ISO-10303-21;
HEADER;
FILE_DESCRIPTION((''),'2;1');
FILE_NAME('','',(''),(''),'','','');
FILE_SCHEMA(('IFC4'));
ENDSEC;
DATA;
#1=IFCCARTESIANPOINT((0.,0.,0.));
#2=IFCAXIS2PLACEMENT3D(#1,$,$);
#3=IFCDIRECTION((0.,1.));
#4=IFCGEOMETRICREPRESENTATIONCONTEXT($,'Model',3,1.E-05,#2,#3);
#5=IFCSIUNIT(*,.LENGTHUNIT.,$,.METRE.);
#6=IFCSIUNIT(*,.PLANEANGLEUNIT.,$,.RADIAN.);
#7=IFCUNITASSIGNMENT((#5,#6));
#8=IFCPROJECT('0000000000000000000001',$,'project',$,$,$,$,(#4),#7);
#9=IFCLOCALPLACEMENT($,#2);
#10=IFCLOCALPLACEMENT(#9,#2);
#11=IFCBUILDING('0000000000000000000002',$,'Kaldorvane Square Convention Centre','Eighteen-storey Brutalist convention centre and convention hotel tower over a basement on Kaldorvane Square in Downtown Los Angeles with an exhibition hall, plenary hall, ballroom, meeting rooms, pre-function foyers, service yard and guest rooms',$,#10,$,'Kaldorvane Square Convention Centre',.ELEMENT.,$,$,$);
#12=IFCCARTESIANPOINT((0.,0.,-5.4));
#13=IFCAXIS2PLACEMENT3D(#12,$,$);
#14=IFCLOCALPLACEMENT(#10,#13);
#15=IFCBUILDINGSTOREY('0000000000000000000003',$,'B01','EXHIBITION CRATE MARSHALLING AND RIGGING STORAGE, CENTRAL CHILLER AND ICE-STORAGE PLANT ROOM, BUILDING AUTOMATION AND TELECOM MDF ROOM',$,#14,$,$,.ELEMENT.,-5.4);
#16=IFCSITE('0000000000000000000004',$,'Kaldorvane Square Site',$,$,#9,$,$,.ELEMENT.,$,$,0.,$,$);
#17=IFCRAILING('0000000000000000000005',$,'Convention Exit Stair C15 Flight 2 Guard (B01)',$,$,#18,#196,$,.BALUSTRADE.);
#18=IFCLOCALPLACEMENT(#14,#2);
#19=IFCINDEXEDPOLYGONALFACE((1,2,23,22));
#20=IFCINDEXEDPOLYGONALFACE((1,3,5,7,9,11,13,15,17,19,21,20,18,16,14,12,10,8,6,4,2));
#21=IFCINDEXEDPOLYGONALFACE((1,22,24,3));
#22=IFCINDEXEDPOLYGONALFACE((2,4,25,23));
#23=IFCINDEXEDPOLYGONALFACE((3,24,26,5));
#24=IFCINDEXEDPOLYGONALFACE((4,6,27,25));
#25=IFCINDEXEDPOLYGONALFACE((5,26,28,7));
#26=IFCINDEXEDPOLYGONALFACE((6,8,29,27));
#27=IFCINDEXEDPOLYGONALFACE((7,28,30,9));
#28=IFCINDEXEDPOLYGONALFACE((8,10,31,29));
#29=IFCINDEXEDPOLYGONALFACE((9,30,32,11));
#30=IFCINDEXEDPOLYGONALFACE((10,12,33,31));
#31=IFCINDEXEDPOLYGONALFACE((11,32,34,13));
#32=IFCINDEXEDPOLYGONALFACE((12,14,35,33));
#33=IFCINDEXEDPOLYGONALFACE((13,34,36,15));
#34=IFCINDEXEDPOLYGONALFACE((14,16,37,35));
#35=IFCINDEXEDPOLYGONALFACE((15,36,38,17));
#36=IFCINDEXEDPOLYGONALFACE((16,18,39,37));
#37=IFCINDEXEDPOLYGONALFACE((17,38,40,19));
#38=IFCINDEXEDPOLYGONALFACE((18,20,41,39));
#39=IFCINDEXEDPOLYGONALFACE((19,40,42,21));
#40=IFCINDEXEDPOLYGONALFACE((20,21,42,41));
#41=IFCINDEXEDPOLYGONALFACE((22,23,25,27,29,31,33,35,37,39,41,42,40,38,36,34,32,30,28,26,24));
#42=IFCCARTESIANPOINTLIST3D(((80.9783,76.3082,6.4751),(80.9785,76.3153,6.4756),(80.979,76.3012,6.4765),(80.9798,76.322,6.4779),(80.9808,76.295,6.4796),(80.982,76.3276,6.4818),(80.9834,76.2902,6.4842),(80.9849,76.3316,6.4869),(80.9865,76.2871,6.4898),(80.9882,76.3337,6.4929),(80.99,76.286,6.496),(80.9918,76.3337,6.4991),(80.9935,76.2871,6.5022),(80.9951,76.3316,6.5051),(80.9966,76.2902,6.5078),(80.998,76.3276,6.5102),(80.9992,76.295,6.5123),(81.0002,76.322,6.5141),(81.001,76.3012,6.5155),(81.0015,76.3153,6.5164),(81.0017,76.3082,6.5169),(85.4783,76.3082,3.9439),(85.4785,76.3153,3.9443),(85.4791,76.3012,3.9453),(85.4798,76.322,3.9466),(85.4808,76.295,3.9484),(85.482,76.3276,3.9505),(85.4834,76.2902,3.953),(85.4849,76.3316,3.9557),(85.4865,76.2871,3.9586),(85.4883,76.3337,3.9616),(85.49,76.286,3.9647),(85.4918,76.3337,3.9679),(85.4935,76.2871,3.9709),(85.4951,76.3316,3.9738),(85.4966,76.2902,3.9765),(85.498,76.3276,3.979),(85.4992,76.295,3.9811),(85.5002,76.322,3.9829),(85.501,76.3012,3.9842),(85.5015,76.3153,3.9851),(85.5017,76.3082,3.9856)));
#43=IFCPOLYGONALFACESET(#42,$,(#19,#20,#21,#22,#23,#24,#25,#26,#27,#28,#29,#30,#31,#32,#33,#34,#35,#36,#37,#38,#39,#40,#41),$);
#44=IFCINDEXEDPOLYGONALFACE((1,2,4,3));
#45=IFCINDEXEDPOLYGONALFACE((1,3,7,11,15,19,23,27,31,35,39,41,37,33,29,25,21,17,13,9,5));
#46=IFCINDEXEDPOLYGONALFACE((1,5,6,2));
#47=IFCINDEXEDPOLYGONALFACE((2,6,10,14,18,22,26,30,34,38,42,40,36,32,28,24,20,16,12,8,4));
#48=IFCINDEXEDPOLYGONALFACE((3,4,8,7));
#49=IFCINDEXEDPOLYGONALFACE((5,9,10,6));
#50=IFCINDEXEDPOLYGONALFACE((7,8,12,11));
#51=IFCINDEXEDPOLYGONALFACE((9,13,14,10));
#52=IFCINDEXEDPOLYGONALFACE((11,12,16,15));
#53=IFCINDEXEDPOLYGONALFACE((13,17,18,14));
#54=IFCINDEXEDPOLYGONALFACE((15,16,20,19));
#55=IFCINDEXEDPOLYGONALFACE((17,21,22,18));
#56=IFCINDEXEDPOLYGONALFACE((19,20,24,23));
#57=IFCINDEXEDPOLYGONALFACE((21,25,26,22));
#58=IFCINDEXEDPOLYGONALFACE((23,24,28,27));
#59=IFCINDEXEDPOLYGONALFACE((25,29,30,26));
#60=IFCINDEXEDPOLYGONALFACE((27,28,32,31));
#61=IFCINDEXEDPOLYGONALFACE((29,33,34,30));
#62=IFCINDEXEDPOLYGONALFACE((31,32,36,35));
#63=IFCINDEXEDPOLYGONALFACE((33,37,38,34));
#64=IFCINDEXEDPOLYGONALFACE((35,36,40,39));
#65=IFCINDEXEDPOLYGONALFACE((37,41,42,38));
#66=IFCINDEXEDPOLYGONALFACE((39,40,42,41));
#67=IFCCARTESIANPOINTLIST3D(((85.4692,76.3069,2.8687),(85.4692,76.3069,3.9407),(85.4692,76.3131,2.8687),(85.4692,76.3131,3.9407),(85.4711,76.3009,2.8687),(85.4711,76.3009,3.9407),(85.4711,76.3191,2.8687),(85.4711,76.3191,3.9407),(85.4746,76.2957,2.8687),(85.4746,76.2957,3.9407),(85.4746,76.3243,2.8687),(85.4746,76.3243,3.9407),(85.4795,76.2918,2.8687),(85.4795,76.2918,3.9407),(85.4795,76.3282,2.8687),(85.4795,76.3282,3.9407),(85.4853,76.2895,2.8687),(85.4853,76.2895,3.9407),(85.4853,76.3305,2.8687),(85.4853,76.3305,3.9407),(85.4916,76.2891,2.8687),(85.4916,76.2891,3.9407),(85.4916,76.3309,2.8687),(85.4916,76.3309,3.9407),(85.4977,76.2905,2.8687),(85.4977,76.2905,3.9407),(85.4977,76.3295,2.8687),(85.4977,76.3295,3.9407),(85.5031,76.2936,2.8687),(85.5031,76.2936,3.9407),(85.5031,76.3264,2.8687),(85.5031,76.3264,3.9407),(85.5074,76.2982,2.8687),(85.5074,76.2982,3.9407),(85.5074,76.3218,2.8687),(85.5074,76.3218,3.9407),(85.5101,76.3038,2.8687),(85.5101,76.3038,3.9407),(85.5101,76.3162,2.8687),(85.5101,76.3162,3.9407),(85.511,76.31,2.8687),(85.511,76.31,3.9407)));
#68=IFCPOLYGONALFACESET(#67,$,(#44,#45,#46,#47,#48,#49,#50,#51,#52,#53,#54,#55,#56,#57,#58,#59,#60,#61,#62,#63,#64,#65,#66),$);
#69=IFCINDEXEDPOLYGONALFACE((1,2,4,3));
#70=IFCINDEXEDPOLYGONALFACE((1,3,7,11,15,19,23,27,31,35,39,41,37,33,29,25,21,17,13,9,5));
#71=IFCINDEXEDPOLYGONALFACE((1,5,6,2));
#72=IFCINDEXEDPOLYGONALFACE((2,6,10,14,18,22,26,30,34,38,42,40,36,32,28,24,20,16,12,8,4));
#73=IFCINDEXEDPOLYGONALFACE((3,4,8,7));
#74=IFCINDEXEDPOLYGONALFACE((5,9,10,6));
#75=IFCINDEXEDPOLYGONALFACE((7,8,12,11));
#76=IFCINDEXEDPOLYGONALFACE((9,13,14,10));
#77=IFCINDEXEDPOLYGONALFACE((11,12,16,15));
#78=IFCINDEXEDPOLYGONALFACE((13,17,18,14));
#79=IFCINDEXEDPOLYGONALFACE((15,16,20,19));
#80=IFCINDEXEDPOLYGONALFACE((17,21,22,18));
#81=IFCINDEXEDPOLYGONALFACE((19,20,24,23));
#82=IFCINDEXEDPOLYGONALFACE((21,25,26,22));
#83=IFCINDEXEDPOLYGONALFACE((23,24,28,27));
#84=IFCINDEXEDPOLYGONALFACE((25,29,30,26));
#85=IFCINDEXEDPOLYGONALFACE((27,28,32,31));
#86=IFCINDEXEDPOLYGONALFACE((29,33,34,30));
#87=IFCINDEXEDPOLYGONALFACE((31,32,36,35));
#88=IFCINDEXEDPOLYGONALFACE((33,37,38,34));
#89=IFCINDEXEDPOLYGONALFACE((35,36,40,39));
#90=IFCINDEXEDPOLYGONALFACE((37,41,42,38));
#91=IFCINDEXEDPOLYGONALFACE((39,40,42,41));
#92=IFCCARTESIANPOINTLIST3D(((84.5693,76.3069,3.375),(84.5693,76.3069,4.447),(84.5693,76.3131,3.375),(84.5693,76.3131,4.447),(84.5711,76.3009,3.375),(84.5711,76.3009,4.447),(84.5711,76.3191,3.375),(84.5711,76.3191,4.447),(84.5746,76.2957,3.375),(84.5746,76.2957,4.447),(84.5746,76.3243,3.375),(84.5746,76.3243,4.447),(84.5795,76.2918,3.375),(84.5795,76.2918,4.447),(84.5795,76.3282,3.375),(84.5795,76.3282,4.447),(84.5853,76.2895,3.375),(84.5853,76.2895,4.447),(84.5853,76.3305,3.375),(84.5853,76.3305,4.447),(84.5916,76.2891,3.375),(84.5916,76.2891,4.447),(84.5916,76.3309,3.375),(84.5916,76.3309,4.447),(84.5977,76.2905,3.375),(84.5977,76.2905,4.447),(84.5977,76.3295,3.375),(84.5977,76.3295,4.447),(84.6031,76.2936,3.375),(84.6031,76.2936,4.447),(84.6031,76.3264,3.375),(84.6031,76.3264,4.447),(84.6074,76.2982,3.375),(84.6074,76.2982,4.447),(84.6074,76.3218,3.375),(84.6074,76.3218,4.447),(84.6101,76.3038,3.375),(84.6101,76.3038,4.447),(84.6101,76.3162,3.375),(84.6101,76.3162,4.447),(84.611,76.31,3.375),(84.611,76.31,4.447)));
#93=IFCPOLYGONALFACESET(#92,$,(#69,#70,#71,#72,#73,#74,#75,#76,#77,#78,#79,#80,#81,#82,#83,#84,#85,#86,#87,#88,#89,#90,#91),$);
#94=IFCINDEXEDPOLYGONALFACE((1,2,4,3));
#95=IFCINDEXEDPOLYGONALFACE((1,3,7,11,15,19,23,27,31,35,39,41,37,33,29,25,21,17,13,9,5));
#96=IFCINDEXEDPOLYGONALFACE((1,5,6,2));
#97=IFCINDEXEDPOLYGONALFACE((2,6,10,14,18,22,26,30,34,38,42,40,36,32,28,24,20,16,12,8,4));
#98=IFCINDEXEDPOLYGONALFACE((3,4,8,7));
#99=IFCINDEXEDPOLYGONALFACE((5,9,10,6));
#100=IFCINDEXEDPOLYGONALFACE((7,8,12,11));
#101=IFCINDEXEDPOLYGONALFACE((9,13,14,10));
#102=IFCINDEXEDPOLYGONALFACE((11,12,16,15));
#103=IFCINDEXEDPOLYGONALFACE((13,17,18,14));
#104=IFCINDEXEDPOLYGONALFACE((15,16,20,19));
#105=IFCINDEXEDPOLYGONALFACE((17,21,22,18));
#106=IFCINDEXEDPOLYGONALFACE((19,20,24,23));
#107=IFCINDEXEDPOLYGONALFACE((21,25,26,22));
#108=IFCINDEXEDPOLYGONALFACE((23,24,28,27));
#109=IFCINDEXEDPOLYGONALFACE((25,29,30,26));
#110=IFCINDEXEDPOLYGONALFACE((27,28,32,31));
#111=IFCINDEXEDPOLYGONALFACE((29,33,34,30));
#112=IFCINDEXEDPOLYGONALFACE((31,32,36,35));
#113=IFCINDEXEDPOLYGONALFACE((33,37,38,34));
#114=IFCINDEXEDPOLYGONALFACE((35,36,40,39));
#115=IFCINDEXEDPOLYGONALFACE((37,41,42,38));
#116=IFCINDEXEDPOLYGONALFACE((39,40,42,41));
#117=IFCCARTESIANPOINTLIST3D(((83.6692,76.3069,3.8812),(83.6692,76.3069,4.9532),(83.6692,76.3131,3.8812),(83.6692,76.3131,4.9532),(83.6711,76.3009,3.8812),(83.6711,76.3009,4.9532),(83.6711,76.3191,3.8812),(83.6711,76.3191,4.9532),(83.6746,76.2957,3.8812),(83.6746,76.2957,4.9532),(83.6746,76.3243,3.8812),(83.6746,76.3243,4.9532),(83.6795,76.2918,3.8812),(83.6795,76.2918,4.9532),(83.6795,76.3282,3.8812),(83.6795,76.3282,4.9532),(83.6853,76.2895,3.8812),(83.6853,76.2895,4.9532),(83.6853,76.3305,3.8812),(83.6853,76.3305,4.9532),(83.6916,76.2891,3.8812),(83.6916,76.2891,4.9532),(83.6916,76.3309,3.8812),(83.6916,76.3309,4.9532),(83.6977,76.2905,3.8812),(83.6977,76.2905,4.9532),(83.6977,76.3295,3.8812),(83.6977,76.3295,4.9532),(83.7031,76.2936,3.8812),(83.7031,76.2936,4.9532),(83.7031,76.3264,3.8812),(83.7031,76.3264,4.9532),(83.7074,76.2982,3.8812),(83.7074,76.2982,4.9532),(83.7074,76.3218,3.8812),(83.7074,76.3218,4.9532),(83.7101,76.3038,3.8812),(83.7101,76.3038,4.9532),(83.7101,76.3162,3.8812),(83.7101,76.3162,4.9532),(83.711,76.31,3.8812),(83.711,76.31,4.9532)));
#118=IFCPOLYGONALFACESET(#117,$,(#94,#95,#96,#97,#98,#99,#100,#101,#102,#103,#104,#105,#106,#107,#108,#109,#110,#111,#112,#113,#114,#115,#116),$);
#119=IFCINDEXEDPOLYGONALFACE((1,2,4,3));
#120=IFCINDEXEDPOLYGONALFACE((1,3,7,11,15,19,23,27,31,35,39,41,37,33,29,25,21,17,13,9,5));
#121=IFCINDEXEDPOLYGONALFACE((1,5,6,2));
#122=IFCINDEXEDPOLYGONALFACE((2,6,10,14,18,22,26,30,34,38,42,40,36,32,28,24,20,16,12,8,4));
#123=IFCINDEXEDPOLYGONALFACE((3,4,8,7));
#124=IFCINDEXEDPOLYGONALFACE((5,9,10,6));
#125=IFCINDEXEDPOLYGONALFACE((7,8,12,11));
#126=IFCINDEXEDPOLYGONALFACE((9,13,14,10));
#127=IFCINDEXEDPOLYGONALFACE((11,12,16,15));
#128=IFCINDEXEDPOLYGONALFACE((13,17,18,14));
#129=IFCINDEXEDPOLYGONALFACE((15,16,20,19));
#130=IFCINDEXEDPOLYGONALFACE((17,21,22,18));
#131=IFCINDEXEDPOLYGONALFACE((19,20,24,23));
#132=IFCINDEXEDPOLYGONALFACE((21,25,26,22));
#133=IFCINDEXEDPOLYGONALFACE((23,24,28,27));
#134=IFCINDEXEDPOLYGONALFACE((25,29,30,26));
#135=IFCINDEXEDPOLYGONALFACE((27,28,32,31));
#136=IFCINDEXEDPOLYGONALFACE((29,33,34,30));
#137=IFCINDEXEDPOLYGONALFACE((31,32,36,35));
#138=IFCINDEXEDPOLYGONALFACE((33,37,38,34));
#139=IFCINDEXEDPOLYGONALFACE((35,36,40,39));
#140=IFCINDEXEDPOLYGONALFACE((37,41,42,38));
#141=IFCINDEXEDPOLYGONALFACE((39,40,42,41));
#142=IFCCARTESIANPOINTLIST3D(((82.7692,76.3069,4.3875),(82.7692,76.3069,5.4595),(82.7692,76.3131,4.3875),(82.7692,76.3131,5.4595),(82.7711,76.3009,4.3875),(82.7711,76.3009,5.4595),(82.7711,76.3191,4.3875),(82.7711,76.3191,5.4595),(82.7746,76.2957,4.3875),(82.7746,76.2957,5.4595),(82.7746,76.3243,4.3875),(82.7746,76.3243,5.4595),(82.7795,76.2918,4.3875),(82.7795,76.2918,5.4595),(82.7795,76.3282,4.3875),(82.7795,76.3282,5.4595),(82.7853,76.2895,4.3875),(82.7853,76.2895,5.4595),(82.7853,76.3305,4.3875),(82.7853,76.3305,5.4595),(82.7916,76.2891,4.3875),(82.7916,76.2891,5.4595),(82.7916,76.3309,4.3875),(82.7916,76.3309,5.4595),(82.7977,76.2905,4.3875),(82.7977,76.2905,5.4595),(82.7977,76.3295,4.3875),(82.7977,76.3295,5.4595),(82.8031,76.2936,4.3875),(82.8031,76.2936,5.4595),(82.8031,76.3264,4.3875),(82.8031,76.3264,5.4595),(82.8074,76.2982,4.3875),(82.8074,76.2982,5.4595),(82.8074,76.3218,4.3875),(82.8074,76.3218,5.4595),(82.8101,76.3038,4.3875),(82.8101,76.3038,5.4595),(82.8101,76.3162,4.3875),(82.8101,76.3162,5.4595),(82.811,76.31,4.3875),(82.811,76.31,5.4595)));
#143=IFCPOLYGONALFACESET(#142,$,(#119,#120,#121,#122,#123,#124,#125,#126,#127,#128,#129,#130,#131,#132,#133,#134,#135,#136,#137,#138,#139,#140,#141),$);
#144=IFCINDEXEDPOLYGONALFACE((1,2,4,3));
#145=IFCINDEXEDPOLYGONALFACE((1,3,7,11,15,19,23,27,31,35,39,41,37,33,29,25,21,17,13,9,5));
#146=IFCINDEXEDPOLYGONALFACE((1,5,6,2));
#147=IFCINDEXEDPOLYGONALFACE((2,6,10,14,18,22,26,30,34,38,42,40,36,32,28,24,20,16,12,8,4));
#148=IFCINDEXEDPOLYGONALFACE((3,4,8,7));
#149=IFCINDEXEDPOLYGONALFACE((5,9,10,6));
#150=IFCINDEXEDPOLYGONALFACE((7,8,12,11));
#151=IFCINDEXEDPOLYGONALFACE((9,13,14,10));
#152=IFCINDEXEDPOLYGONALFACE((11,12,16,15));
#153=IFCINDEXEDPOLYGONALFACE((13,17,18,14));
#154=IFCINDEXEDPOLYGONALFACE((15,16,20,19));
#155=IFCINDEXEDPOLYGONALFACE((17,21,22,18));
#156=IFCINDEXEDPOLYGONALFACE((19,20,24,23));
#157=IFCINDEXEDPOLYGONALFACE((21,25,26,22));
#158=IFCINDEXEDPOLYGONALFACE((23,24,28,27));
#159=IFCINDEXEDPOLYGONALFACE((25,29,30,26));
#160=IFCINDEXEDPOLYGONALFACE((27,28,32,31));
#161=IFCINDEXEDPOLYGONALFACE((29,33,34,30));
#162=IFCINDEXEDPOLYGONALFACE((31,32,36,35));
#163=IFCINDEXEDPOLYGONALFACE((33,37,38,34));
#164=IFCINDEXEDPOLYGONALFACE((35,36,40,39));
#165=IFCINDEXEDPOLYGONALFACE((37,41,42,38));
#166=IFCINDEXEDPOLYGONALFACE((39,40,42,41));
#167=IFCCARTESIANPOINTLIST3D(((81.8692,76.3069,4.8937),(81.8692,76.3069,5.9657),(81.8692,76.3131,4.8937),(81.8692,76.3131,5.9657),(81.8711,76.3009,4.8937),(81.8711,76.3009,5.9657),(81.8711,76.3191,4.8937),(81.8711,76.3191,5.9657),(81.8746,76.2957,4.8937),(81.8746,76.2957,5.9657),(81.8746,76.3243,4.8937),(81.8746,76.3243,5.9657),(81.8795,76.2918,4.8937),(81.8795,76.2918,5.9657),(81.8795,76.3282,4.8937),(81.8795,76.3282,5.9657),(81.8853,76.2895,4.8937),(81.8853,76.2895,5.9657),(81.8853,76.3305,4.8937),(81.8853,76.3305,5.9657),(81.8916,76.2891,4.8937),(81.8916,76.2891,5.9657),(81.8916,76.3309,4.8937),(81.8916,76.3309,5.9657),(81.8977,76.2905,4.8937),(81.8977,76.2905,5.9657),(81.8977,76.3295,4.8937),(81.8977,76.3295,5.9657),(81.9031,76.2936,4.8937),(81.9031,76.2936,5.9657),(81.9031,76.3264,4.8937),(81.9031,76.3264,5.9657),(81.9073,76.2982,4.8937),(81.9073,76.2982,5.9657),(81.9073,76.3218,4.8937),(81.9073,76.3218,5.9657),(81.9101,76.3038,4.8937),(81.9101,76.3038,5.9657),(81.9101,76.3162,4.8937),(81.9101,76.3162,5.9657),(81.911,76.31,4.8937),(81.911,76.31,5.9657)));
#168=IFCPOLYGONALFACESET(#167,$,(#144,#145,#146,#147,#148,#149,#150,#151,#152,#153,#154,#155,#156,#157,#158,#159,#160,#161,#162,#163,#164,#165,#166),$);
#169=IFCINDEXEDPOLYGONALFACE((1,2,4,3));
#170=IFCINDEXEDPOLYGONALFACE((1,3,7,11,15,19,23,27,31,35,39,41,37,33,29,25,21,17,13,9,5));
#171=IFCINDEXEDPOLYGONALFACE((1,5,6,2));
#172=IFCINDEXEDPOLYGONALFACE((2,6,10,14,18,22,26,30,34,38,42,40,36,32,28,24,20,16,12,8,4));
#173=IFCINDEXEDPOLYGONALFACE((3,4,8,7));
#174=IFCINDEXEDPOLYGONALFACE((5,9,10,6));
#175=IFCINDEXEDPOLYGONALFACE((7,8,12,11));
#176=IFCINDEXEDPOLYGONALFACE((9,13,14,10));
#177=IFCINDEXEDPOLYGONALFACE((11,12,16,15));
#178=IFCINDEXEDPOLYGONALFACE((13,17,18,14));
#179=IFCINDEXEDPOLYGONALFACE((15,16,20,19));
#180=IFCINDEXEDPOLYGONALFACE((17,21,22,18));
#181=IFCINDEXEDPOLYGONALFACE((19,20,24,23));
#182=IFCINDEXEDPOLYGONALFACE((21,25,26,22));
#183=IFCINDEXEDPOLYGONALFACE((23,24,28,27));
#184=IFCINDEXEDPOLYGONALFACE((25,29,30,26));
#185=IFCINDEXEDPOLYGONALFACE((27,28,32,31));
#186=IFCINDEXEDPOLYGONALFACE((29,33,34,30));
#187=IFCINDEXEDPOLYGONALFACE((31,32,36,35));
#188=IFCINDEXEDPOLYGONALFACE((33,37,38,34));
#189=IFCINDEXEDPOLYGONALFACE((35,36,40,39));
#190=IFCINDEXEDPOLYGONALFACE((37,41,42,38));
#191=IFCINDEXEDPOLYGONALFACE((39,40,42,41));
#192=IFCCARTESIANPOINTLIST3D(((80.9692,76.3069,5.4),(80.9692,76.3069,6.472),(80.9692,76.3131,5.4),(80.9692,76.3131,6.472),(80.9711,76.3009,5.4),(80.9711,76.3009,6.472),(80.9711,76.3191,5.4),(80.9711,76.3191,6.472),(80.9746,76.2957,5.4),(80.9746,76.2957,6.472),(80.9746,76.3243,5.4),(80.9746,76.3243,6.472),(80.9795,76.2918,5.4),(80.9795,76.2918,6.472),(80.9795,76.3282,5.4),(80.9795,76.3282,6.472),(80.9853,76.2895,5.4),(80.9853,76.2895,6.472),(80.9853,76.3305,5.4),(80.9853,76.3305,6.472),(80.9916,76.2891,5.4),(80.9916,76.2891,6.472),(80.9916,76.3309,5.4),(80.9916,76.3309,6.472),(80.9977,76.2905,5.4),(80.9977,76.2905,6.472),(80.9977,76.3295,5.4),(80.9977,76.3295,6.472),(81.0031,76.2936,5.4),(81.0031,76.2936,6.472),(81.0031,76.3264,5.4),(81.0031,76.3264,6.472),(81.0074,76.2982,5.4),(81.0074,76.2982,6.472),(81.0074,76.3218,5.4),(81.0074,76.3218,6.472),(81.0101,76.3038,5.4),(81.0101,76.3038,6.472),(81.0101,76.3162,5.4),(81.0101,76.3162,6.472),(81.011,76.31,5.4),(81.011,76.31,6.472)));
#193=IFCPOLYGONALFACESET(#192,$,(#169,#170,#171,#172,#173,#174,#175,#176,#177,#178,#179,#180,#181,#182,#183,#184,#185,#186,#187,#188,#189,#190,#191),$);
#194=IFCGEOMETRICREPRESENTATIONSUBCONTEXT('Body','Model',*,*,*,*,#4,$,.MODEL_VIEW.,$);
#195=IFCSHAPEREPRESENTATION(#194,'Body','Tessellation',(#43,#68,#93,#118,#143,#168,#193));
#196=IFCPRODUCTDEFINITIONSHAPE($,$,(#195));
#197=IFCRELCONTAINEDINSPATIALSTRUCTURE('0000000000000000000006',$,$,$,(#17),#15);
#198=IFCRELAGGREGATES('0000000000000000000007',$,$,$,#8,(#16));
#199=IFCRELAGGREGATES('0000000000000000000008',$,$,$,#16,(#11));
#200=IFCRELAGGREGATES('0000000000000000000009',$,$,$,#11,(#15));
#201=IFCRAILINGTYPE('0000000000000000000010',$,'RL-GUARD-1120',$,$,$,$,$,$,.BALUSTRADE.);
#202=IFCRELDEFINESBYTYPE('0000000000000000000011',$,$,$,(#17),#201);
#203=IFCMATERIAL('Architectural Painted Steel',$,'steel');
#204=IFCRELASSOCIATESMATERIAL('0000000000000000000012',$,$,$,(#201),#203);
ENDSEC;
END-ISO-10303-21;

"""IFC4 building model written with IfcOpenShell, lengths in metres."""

from ifc_helpers import new_model, si_unit, direction, frame, origin, origin_2d, place, context, subcontext, project, spatial, circle, extrude, material, type_object, element, save


model = new_model("IFC4")

# Units and contexts
model_context = context("Model", 3, precision=1e-05, world=origin(), true_north=direction((0.0, 1.0)))
body_context = subcontext(model_context, "Body", "Model", "MODEL_VIEW")
ifc_project = project(units=[si_unit("LENGTHUNIT", "METRE"), si_unit("PLANEANGLEUNIT", "RADIAN")], contexts=[model_context])

# Site, building, storey
site_placement = place(None, origin())
site = spatial("IfcSite", under=ifc_project, at=site_placement, Name="Kaldorvane Square Site", CompositionType="ELEMENT", RefElevation=0.0)
building_placement = place(site_placement, origin())
building = spatial("IfcBuilding", under=site, at=building_placement, Name="Kaldorvane Square Convention Centre", Description="Eighteen-storey Brutalist convention centre and convention hotel tower over a basement on Kaldorvane Square in Downtown Los Angeles with an exhibition hall, plenary hall, ballroom, meeting rooms, pre-function foyers, service yard and guest rooms", LongName="Kaldorvane Square Convention Centre", CompositionType="ELEMENT")
storey_placement = place(building_placement, frame((0.0, 0.0, -5.4)))
storey = spatial("IfcBuildingStorey", under=building, at=storey_placement, Name="B01", Description="EXHIBITION CRATE MARSHALLING AND RIGGING STORAGE, CENTRAL CHILLER AND ICE-STORAGE PLANT ROOM, BUILDING AUTOMATION AND TELECOM MDF ROOM", CompositionType="ELEMENT", Elevation=-5.4)

# Railing
ifc_material_1 = material(Name="Architectural Painted Steel", Category="steel")
railing_type_1 = type_object("IfcRailingType", Name="RL-GUARD-1120", PredefinedType="BALUSTRADE", material=ifc_material_1)
railing_1_placement = place(storey_placement, frame((85.49, 76.31, 2.8687)))
element("IfcRailing", 1, at=railing_1_placement, inside=storey, type_object=railing_type_1, Name="Convention Exit Stair C15 Flight 2 Guard (B01)", PredefinedType="BALUSTRADE", context=body_context, shape_type="SweptSolid", body=[
    extrude(circle(Radius=0.024, at=origin_2d()), frame((0.0, 0.0, 1.096), z_axis=(-0.871576, 0.0, 0.490261), x_axis=(0.0, -1.0, 0.0)), (0.0, 0.0, 1.0), 5.1631),
    extrude(circle(Radius=0.021, at=origin_2d()), origin(), (0.0, 0.0, 1.0), 1.072),
    extrude(circle(Radius=0.021, at=origin_2d()), frame((-0.9, 0.0, 0.5063)), (0.0, 0.0, 1.0), 1.072),
    extrude(circle(Radius=0.021, at=origin_2d()), frame((-1.8, 0.0, 1.0125)), (0.0, 0.0, 1.0), 1.072),
    extrude(circle(Radius=0.021, at=origin_2d()), frame((-2.7, 0.0, 1.5188)), (0.0, 0.0, 1.0), 1.072),
    extrude(circle(Radius=0.021, at=origin_2d()), frame((-3.6, 0.0, 2.025)), (0.0, 0.0, 1.0), 1.072),
    extrude(circle(Radius=0.021, at=origin_2d()), frame((-4.5, 0.0, 2.5312)), (0.0, 0.0, 1.0), 1.072),
])

save(model, "model.ifc")
